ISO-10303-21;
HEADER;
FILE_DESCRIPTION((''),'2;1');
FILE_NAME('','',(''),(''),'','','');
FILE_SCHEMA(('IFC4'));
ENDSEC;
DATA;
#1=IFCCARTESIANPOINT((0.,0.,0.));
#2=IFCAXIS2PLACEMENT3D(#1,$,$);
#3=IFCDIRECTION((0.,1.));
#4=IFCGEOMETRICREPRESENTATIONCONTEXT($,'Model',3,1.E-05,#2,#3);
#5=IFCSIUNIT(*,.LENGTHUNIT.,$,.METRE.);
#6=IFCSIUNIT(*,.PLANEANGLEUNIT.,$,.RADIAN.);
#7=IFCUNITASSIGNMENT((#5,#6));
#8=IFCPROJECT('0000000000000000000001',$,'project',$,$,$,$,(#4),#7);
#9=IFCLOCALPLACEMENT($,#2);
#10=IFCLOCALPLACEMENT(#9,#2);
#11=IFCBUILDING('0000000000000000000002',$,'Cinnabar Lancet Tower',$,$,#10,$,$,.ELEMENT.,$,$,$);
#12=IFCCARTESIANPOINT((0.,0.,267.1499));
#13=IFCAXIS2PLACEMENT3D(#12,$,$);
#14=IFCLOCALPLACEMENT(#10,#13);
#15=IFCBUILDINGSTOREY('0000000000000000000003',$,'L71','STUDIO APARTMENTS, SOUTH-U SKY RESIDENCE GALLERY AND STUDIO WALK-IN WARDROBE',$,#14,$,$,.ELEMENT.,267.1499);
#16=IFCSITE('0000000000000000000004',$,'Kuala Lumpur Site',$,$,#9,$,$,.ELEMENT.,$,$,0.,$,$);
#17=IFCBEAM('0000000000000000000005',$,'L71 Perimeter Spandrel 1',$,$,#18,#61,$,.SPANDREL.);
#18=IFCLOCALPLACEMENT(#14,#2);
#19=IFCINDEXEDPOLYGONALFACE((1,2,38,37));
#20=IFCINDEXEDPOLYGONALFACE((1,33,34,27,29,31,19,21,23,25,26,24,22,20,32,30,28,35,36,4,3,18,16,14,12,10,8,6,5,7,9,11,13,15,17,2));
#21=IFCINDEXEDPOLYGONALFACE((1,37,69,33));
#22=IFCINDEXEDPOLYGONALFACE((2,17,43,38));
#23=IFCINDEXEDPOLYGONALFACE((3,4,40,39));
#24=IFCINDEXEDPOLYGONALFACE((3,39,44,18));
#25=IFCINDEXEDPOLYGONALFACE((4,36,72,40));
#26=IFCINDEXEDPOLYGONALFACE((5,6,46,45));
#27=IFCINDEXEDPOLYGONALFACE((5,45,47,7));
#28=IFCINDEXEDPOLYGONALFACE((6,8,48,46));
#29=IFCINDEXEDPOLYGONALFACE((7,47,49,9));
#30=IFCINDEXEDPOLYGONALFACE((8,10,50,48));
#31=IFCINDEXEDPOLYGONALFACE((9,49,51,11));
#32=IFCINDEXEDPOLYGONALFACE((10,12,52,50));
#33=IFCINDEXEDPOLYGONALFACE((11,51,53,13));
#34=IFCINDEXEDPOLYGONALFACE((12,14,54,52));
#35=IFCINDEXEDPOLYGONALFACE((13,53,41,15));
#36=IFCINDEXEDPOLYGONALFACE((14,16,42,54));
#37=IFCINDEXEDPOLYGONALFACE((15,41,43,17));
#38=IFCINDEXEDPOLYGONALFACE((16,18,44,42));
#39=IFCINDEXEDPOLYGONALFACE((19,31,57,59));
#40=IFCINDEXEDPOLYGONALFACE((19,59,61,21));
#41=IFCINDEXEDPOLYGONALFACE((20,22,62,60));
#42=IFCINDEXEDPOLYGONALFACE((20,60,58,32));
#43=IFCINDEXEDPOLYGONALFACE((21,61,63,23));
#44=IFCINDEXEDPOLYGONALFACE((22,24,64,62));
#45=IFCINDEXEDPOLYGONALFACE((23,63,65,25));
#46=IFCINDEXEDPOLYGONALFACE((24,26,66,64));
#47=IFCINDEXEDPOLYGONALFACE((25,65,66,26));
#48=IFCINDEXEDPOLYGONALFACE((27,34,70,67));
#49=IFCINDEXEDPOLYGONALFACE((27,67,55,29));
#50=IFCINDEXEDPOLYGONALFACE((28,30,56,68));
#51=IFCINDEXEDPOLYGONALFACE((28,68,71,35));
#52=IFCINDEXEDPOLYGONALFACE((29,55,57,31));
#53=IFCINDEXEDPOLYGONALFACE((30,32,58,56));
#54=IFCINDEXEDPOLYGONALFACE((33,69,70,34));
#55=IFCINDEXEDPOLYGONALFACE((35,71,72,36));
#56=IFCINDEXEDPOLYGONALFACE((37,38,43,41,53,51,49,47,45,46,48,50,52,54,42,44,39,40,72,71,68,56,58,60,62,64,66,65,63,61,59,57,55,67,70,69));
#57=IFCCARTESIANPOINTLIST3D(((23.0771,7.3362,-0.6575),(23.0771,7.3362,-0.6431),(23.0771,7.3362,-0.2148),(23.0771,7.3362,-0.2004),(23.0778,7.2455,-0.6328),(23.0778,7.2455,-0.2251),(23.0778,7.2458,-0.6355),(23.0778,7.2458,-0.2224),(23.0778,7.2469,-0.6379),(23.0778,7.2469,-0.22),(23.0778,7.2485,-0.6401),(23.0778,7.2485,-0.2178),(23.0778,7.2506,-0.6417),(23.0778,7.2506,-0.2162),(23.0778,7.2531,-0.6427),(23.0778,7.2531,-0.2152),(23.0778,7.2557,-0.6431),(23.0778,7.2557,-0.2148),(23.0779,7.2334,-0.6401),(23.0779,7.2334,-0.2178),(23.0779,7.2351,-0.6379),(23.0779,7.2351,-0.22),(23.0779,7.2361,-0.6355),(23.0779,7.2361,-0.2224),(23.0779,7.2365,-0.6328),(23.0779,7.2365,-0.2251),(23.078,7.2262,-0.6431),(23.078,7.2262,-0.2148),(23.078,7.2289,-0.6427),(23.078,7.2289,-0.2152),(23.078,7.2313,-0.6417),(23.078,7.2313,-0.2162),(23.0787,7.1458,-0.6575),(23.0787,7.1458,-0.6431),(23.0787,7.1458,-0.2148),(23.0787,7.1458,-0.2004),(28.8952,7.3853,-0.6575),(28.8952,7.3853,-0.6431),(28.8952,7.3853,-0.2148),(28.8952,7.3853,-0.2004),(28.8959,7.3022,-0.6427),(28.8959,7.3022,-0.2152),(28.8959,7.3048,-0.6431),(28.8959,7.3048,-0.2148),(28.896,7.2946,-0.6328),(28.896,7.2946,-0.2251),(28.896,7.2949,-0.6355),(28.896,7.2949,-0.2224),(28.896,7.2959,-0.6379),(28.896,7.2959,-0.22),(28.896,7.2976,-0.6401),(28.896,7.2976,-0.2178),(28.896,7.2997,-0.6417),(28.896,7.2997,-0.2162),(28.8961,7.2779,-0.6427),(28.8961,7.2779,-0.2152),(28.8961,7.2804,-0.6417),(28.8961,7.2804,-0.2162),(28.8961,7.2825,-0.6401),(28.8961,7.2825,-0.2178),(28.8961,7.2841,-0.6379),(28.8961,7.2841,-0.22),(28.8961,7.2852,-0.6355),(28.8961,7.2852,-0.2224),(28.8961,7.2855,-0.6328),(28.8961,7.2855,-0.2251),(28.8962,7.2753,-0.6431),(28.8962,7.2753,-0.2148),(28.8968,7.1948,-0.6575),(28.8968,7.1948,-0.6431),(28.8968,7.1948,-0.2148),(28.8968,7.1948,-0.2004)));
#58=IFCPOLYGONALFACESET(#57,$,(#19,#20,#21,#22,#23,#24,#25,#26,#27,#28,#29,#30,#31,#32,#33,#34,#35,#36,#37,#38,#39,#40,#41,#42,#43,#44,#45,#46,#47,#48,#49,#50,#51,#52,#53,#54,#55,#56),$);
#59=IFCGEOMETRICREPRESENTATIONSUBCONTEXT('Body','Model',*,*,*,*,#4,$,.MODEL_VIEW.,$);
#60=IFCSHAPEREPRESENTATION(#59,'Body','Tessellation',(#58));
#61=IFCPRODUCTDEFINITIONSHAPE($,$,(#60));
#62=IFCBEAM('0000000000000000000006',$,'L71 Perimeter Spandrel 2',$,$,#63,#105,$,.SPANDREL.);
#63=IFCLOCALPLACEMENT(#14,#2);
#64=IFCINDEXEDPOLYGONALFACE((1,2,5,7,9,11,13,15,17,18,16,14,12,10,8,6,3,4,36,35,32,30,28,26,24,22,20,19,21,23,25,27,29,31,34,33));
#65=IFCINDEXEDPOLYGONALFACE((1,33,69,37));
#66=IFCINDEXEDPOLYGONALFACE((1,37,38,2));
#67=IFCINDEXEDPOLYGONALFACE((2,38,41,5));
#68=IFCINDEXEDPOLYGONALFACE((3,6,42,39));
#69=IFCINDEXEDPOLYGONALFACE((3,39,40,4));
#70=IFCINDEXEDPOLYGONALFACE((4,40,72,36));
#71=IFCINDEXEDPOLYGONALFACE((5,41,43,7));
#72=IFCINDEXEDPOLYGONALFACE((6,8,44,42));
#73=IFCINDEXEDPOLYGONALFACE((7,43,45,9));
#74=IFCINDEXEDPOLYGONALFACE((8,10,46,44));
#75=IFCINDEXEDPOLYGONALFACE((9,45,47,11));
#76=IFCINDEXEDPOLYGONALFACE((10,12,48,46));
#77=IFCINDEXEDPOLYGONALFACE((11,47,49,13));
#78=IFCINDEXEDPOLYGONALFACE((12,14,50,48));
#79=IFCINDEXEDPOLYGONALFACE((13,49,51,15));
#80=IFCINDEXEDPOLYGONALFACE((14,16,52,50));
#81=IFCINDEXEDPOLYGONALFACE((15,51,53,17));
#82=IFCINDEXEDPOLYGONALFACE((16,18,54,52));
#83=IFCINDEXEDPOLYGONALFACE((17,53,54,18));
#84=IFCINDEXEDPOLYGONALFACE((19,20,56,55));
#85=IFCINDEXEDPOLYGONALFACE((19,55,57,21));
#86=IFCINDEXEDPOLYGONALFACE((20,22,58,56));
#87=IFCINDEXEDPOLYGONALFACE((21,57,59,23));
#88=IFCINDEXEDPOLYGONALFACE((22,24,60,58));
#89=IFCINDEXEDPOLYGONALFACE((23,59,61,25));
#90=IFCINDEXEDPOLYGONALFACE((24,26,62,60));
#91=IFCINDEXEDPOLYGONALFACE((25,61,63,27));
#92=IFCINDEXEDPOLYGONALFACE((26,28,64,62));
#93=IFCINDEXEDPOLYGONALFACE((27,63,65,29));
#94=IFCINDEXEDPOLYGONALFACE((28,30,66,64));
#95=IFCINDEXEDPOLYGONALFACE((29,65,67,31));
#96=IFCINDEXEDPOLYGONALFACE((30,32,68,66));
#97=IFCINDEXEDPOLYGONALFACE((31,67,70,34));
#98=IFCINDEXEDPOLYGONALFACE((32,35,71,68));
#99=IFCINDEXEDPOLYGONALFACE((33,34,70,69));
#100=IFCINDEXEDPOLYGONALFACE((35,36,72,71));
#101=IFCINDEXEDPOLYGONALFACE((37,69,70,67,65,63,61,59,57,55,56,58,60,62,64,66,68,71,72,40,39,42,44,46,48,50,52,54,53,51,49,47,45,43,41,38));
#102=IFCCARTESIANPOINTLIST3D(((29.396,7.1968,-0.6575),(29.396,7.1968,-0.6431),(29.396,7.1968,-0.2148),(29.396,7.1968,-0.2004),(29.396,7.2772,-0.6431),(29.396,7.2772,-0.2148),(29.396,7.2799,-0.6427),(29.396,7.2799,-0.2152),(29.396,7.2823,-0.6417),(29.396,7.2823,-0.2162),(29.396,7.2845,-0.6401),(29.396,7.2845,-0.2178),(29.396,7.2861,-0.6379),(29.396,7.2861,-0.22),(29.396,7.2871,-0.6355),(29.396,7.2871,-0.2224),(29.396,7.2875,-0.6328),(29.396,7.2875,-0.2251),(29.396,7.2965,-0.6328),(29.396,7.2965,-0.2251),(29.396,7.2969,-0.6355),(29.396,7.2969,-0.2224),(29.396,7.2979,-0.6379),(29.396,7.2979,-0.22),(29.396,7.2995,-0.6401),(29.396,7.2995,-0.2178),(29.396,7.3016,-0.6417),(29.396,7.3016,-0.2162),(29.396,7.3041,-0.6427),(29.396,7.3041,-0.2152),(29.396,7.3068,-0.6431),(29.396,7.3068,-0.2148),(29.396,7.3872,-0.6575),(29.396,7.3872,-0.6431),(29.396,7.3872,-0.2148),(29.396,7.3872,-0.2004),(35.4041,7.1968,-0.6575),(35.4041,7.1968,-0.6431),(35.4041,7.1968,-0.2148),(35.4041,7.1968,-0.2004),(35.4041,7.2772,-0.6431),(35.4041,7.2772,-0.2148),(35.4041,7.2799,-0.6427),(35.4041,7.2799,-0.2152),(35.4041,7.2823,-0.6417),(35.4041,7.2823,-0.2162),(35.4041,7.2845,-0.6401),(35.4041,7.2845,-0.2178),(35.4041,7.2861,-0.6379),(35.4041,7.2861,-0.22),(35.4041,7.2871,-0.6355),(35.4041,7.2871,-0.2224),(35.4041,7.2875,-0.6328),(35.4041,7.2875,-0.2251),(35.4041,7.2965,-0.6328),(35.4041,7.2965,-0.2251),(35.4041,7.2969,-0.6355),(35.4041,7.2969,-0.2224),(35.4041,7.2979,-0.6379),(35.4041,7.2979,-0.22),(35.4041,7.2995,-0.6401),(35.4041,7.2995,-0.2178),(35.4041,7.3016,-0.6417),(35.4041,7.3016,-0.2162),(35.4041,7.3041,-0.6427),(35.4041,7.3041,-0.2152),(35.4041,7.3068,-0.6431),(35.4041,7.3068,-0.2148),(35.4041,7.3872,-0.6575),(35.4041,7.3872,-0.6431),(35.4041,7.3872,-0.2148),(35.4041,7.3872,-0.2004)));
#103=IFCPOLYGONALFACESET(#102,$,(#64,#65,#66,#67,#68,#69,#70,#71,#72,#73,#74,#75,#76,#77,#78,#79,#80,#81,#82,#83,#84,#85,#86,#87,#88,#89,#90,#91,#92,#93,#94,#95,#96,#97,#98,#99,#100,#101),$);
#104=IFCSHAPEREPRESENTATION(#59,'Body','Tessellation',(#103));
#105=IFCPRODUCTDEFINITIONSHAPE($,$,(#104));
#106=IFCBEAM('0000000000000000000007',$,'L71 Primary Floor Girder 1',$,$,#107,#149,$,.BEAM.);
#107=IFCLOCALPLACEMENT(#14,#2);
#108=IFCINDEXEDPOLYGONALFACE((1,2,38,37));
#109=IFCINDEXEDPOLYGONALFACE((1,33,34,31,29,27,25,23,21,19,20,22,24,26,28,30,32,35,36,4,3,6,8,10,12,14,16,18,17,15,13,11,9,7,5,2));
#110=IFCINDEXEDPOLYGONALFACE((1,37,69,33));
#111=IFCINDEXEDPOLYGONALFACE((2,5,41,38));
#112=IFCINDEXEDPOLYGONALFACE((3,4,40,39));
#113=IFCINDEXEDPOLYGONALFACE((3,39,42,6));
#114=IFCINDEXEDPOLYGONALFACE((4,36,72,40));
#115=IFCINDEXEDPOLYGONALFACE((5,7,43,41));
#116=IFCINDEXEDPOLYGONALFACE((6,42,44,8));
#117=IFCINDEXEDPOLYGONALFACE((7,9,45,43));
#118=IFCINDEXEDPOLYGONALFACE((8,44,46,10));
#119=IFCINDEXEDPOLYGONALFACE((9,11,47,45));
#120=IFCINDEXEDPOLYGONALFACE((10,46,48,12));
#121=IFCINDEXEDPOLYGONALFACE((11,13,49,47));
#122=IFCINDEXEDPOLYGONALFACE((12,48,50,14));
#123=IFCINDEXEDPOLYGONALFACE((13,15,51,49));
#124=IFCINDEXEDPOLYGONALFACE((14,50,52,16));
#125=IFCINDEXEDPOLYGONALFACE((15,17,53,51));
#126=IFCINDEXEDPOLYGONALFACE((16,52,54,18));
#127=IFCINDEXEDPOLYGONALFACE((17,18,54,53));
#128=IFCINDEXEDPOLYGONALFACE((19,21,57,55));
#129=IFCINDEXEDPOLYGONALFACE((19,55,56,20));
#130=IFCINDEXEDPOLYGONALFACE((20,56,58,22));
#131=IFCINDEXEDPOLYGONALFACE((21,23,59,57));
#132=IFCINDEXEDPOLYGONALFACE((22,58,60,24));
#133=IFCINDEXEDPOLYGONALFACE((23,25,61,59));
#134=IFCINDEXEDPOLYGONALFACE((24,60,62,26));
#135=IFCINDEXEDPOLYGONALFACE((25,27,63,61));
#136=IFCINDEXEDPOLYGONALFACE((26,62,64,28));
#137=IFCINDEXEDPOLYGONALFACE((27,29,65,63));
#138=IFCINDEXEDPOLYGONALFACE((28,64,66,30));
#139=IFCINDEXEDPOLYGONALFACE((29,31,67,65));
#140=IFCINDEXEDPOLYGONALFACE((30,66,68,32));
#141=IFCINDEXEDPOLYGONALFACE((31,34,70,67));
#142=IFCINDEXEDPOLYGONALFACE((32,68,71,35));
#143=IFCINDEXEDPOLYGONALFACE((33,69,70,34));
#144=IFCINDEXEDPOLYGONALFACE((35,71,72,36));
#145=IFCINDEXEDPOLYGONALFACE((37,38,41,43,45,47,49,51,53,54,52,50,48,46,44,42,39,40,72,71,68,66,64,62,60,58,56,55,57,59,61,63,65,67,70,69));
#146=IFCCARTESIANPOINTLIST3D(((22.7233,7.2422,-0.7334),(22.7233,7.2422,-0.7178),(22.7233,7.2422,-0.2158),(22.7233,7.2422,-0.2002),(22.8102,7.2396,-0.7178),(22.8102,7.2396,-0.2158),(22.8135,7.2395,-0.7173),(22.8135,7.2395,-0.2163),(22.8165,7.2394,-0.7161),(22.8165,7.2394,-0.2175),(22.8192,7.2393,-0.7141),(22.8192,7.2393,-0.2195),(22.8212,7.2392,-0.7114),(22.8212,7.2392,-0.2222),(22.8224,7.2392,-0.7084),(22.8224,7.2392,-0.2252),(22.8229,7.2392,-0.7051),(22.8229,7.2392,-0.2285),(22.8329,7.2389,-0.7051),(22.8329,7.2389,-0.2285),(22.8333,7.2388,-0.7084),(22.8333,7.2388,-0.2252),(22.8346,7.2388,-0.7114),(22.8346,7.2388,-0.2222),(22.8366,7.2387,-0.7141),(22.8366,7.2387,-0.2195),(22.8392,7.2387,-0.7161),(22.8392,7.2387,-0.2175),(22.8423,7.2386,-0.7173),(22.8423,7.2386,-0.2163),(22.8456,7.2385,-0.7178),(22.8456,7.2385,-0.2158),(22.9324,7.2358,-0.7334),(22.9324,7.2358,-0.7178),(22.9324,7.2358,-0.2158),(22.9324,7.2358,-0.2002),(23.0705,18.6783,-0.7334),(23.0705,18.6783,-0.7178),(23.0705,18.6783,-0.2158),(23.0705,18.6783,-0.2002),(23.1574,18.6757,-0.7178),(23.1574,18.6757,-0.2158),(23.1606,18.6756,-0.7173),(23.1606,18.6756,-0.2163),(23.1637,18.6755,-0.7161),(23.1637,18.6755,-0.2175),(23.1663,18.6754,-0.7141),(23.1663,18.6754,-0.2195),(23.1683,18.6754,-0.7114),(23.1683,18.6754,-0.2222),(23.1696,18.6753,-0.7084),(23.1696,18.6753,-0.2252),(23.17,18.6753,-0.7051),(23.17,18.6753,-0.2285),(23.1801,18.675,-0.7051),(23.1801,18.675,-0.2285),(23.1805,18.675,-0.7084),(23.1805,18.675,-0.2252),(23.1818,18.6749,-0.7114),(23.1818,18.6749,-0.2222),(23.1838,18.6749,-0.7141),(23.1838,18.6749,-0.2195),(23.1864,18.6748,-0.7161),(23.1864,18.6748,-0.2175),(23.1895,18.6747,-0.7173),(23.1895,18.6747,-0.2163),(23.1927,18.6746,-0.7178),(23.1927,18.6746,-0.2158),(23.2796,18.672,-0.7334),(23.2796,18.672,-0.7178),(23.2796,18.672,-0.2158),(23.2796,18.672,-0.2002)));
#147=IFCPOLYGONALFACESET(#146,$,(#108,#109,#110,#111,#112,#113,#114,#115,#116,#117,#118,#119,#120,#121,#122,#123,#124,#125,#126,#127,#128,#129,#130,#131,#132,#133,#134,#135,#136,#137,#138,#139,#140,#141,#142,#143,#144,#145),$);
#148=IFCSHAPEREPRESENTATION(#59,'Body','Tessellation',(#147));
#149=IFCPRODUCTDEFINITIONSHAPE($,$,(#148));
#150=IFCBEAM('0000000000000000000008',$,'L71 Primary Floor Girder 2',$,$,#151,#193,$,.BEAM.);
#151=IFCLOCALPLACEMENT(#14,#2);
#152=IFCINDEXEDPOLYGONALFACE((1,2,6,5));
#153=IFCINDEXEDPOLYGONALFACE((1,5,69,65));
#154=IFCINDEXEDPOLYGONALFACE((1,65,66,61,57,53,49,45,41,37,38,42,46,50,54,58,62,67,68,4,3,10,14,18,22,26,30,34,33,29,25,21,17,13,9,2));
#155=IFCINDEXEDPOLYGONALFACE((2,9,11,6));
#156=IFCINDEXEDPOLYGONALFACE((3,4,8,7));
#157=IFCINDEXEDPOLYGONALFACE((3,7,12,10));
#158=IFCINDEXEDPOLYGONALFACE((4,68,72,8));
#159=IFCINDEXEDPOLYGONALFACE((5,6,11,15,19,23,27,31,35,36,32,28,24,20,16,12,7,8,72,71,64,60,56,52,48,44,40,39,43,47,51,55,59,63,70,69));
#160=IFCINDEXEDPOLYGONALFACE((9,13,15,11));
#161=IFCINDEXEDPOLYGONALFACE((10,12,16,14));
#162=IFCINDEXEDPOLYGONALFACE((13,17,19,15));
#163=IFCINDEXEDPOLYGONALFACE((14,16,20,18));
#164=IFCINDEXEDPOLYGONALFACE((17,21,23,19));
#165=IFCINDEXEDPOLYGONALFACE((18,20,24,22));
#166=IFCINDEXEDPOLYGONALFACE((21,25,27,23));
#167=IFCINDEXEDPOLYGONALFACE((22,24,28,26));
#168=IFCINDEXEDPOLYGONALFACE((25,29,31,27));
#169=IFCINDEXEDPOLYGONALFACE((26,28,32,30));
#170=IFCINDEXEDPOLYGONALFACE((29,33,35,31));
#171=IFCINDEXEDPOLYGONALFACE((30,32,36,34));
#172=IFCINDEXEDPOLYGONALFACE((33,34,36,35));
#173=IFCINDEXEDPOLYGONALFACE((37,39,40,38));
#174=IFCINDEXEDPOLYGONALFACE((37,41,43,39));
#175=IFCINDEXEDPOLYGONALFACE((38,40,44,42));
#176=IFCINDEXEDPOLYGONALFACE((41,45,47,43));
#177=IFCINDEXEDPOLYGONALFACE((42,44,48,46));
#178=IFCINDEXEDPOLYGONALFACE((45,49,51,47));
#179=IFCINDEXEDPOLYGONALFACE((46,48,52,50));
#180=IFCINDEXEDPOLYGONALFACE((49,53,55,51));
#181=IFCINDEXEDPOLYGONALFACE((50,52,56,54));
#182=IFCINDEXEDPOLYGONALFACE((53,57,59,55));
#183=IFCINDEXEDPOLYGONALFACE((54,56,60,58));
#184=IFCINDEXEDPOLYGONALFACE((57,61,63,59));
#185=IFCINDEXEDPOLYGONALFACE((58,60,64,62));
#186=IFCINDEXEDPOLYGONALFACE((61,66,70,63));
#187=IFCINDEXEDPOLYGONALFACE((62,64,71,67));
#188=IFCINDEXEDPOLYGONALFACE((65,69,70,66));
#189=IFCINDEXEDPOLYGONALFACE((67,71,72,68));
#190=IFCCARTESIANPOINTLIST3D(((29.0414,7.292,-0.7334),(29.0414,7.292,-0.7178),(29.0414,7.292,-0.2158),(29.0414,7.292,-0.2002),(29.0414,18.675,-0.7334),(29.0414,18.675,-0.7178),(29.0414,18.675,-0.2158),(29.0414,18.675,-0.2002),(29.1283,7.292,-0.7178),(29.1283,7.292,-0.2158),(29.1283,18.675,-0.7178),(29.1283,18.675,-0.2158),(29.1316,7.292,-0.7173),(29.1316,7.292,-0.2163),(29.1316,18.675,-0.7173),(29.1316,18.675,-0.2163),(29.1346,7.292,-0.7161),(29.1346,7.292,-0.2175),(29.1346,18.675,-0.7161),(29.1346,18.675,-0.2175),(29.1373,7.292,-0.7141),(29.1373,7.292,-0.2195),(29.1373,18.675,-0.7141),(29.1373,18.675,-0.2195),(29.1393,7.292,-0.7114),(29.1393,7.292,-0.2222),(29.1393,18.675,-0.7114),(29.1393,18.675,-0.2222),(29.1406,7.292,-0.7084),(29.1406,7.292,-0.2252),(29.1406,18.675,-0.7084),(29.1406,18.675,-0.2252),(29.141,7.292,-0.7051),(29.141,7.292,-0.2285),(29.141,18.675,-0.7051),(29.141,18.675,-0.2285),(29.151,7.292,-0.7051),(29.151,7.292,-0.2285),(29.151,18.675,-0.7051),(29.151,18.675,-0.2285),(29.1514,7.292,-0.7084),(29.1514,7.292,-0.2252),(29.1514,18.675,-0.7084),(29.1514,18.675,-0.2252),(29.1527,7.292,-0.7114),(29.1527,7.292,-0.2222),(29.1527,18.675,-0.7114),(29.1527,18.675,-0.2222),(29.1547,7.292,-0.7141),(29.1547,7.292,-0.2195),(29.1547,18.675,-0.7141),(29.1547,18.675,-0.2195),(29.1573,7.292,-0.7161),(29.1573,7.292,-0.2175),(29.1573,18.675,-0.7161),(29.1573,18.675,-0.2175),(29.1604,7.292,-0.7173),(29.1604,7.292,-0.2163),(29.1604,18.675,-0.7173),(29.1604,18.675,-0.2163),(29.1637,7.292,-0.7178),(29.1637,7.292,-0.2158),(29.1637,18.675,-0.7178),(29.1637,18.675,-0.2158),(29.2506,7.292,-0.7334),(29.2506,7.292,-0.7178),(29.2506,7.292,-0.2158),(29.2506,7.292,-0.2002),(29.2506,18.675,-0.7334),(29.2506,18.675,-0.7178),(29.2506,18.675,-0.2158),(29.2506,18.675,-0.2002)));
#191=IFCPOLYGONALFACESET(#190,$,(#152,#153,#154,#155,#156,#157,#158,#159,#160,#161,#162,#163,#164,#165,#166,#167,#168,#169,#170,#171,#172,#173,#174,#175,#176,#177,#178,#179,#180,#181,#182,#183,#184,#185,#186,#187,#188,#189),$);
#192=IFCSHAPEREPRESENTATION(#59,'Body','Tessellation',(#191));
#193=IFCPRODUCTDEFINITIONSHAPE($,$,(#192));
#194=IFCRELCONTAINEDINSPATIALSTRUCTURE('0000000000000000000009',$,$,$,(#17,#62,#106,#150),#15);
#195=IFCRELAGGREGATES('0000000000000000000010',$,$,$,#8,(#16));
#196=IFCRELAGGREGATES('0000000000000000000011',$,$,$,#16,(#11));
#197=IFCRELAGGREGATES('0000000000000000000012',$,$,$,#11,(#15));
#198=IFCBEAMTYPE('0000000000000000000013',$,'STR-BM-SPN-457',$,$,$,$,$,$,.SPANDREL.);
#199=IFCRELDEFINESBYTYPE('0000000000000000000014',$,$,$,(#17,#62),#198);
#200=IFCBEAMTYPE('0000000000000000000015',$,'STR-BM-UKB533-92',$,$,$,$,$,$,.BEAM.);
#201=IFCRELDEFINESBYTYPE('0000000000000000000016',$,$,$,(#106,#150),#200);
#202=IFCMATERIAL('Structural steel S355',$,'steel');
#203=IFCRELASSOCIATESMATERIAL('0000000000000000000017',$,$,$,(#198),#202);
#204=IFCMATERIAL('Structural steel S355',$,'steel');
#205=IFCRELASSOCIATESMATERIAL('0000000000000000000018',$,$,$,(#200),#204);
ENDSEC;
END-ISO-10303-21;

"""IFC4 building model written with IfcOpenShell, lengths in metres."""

from ifc_helpers import new_model, si_unit, direction, frame, origin, origin_2d, place, context, subcontext, project, spatial, i_section, extrude, material, material_profile, profile_set, type_object, element, save


model = new_model("IFC4")

# Units and contexts
model_context = context("Model", 3, precision=1e-05, world=origin(), true_north=direction((0.0, 1.0)))
body_context = subcontext(model_context, "Body", "Model", "MODEL_VIEW")
ifc_project = project(units=[si_unit("LENGTHUNIT", "METRE"), si_unit("PLANEANGLEUNIT", "RADIAN")], contexts=[model_context])

# Site, building, storey
site_placement = place(None, origin())
site = spatial("IfcSite", under=ifc_project, at=site_placement, Name="Kuala Lumpur Site", CompositionType="ELEMENT", RefElevation=0.0)
building_placement = place(site_placement, origin())
building = spatial("IfcBuilding", under=site, at=building_placement, Name="Cinnabar Lancet Tower", CompositionType="ELEMENT")
storey_placement = place(building_placement, frame((0.0, 0.0, 267.1499)))
storey = spatial("IfcBuildingStorey", under=building, at=storey_placement, Name="L71", Description="STUDIO APARTMENTS, SOUTH-U SKY RESIDENCE GALLERY AND STUDIO WALK-IN WARDROBE", CompositionType="ELEMENT", Elevation=267.1499)

# Beams
ifc_material_1 = material(Name="Structural steel S355", Category="steel")
ifc_material_profile_1 = material_profile(ifc_material_1, i_section(OverallWidth=0.1904, OverallDepth=0.457, WebThickness=0.009, FlangeThickness=0.0144, FilletRadius=0.0103, at=origin_2d()), Name="UKB 457x191x74")
ifc_profile_set_1 = profile_set([ifc_material_profile_1], Name="Structural steel S355")
beam_type_1 = type_object("IfcBeamType", Name="STR-BM-SPN-457", PredefinedType="SPANDREL", material=ifc_profile_set_1)
beam_1_placement = place(storey_placement, frame((23.0779, 7.241, -0.429), z_axis=(0.999964, 0.008434, 0.0), x_axis=(-0.008434, 0.999964, 0.0)))
element("IfcBeam", 1, at=beam_1_placement, inside=storey, type_object=beam_type_1, Name="L71 Perimeter Spandrel 1", PredefinedType="SPANDREL", context=body_context, shape_type="SweptSolid", body=[
    extrude(i_section(OverallWidth=0.1904, OverallDepth=0.457, WebThickness=0.009, FlangeThickness=0.0144, FilletRadius=0.0103, at=origin_2d()), origin(), (0.0, 0.0, 1.0), 5.8184),
])
beam_2_placement = place(storey_placement, frame((29.396, 7.292, -0.429), z_axis=(1.0, 0.0, 0.0), x_axis=(0.0, 1.0, 0.0)))
element("IfcBeam", 2, at=beam_2_placement, inside=storey, type_object=beam_type_1, Name="L71 Perimeter Spandrel 2", PredefinedType="SPANDREL", context=body_context, shape_type="SweptSolid", body=[
    extrude(i_section(OverallWidth=0.1904, OverallDepth=0.457, WebThickness=0.009, FlangeThickness=0.0144, FilletRadius=0.0103, at=origin_2d()), origin(), (0.0, 0.0, 1.0), 6.0081),
])
ifc_material_2 = material(Name="Structural steel S355", Category="steel")
ifc_material_profile_2 = material_profile(ifc_material_2, i_section(OverallWidth=0.2092, OverallDepth=0.5332, WebThickness=0.01, FlangeThickness=0.0156, FilletRadius=0.0127, at=origin_2d()), Name="UKB 533x210x92")
ifc_profile_set_2 = profile_set([ifc_material_profile_2], Name="Structural steel S355")
beam_type_2 = type_object("IfcBeamType", Name="STR-BM-UKB533-92", PredefinedType="BEAM", material=ifc_profile_set_2)
beam_3_placement = place(storey_placement, frame((22.8279, 7.239, -0.4668), z_axis=(0.030343, 0.99954, 0.0), x_axis=(-0.99954, 0.030343, 0.0)))
element("IfcBeam", 3, at=beam_3_placement, inside=storey, type_object=beam_type_2, Name="L71 Primary Floor Girder 1", PredefinedType="BEAM", context=body_context, shape_type="SweptSolid", body=[
    extrude(i_section(OverallWidth=0.2092, OverallDepth=0.5332, WebThickness=0.01, FlangeThickness=0.0156, FilletRadius=0.0127, at=origin_2d()), origin(), (0.0, 0.0, 1.0), 11.4414),
])
beam_4_placement = place(storey_placement, frame((29.146, 7.292, -0.4668), z_axis=(0.0, 1.0, 0.0), x_axis=(-1.0, 0.0, 0.0)))
element("IfcBeam", 4, at=beam_4_placement, inside=storey, type_object=beam_type_2, Name="L71 Primary Floor Girder 2", PredefinedType="BEAM", context=body_context, shape_type="SweptSolid", body=[
    extrude(i_section(OverallWidth=0.2092, OverallDepth=0.5332, WebThickness=0.01, FlangeThickness=0.0156, FilletRadius=0.0127, at=origin_2d()), origin(), (0.0, 0.0, 1.0), 11.3831),
])

save(model, "model.ifc")
